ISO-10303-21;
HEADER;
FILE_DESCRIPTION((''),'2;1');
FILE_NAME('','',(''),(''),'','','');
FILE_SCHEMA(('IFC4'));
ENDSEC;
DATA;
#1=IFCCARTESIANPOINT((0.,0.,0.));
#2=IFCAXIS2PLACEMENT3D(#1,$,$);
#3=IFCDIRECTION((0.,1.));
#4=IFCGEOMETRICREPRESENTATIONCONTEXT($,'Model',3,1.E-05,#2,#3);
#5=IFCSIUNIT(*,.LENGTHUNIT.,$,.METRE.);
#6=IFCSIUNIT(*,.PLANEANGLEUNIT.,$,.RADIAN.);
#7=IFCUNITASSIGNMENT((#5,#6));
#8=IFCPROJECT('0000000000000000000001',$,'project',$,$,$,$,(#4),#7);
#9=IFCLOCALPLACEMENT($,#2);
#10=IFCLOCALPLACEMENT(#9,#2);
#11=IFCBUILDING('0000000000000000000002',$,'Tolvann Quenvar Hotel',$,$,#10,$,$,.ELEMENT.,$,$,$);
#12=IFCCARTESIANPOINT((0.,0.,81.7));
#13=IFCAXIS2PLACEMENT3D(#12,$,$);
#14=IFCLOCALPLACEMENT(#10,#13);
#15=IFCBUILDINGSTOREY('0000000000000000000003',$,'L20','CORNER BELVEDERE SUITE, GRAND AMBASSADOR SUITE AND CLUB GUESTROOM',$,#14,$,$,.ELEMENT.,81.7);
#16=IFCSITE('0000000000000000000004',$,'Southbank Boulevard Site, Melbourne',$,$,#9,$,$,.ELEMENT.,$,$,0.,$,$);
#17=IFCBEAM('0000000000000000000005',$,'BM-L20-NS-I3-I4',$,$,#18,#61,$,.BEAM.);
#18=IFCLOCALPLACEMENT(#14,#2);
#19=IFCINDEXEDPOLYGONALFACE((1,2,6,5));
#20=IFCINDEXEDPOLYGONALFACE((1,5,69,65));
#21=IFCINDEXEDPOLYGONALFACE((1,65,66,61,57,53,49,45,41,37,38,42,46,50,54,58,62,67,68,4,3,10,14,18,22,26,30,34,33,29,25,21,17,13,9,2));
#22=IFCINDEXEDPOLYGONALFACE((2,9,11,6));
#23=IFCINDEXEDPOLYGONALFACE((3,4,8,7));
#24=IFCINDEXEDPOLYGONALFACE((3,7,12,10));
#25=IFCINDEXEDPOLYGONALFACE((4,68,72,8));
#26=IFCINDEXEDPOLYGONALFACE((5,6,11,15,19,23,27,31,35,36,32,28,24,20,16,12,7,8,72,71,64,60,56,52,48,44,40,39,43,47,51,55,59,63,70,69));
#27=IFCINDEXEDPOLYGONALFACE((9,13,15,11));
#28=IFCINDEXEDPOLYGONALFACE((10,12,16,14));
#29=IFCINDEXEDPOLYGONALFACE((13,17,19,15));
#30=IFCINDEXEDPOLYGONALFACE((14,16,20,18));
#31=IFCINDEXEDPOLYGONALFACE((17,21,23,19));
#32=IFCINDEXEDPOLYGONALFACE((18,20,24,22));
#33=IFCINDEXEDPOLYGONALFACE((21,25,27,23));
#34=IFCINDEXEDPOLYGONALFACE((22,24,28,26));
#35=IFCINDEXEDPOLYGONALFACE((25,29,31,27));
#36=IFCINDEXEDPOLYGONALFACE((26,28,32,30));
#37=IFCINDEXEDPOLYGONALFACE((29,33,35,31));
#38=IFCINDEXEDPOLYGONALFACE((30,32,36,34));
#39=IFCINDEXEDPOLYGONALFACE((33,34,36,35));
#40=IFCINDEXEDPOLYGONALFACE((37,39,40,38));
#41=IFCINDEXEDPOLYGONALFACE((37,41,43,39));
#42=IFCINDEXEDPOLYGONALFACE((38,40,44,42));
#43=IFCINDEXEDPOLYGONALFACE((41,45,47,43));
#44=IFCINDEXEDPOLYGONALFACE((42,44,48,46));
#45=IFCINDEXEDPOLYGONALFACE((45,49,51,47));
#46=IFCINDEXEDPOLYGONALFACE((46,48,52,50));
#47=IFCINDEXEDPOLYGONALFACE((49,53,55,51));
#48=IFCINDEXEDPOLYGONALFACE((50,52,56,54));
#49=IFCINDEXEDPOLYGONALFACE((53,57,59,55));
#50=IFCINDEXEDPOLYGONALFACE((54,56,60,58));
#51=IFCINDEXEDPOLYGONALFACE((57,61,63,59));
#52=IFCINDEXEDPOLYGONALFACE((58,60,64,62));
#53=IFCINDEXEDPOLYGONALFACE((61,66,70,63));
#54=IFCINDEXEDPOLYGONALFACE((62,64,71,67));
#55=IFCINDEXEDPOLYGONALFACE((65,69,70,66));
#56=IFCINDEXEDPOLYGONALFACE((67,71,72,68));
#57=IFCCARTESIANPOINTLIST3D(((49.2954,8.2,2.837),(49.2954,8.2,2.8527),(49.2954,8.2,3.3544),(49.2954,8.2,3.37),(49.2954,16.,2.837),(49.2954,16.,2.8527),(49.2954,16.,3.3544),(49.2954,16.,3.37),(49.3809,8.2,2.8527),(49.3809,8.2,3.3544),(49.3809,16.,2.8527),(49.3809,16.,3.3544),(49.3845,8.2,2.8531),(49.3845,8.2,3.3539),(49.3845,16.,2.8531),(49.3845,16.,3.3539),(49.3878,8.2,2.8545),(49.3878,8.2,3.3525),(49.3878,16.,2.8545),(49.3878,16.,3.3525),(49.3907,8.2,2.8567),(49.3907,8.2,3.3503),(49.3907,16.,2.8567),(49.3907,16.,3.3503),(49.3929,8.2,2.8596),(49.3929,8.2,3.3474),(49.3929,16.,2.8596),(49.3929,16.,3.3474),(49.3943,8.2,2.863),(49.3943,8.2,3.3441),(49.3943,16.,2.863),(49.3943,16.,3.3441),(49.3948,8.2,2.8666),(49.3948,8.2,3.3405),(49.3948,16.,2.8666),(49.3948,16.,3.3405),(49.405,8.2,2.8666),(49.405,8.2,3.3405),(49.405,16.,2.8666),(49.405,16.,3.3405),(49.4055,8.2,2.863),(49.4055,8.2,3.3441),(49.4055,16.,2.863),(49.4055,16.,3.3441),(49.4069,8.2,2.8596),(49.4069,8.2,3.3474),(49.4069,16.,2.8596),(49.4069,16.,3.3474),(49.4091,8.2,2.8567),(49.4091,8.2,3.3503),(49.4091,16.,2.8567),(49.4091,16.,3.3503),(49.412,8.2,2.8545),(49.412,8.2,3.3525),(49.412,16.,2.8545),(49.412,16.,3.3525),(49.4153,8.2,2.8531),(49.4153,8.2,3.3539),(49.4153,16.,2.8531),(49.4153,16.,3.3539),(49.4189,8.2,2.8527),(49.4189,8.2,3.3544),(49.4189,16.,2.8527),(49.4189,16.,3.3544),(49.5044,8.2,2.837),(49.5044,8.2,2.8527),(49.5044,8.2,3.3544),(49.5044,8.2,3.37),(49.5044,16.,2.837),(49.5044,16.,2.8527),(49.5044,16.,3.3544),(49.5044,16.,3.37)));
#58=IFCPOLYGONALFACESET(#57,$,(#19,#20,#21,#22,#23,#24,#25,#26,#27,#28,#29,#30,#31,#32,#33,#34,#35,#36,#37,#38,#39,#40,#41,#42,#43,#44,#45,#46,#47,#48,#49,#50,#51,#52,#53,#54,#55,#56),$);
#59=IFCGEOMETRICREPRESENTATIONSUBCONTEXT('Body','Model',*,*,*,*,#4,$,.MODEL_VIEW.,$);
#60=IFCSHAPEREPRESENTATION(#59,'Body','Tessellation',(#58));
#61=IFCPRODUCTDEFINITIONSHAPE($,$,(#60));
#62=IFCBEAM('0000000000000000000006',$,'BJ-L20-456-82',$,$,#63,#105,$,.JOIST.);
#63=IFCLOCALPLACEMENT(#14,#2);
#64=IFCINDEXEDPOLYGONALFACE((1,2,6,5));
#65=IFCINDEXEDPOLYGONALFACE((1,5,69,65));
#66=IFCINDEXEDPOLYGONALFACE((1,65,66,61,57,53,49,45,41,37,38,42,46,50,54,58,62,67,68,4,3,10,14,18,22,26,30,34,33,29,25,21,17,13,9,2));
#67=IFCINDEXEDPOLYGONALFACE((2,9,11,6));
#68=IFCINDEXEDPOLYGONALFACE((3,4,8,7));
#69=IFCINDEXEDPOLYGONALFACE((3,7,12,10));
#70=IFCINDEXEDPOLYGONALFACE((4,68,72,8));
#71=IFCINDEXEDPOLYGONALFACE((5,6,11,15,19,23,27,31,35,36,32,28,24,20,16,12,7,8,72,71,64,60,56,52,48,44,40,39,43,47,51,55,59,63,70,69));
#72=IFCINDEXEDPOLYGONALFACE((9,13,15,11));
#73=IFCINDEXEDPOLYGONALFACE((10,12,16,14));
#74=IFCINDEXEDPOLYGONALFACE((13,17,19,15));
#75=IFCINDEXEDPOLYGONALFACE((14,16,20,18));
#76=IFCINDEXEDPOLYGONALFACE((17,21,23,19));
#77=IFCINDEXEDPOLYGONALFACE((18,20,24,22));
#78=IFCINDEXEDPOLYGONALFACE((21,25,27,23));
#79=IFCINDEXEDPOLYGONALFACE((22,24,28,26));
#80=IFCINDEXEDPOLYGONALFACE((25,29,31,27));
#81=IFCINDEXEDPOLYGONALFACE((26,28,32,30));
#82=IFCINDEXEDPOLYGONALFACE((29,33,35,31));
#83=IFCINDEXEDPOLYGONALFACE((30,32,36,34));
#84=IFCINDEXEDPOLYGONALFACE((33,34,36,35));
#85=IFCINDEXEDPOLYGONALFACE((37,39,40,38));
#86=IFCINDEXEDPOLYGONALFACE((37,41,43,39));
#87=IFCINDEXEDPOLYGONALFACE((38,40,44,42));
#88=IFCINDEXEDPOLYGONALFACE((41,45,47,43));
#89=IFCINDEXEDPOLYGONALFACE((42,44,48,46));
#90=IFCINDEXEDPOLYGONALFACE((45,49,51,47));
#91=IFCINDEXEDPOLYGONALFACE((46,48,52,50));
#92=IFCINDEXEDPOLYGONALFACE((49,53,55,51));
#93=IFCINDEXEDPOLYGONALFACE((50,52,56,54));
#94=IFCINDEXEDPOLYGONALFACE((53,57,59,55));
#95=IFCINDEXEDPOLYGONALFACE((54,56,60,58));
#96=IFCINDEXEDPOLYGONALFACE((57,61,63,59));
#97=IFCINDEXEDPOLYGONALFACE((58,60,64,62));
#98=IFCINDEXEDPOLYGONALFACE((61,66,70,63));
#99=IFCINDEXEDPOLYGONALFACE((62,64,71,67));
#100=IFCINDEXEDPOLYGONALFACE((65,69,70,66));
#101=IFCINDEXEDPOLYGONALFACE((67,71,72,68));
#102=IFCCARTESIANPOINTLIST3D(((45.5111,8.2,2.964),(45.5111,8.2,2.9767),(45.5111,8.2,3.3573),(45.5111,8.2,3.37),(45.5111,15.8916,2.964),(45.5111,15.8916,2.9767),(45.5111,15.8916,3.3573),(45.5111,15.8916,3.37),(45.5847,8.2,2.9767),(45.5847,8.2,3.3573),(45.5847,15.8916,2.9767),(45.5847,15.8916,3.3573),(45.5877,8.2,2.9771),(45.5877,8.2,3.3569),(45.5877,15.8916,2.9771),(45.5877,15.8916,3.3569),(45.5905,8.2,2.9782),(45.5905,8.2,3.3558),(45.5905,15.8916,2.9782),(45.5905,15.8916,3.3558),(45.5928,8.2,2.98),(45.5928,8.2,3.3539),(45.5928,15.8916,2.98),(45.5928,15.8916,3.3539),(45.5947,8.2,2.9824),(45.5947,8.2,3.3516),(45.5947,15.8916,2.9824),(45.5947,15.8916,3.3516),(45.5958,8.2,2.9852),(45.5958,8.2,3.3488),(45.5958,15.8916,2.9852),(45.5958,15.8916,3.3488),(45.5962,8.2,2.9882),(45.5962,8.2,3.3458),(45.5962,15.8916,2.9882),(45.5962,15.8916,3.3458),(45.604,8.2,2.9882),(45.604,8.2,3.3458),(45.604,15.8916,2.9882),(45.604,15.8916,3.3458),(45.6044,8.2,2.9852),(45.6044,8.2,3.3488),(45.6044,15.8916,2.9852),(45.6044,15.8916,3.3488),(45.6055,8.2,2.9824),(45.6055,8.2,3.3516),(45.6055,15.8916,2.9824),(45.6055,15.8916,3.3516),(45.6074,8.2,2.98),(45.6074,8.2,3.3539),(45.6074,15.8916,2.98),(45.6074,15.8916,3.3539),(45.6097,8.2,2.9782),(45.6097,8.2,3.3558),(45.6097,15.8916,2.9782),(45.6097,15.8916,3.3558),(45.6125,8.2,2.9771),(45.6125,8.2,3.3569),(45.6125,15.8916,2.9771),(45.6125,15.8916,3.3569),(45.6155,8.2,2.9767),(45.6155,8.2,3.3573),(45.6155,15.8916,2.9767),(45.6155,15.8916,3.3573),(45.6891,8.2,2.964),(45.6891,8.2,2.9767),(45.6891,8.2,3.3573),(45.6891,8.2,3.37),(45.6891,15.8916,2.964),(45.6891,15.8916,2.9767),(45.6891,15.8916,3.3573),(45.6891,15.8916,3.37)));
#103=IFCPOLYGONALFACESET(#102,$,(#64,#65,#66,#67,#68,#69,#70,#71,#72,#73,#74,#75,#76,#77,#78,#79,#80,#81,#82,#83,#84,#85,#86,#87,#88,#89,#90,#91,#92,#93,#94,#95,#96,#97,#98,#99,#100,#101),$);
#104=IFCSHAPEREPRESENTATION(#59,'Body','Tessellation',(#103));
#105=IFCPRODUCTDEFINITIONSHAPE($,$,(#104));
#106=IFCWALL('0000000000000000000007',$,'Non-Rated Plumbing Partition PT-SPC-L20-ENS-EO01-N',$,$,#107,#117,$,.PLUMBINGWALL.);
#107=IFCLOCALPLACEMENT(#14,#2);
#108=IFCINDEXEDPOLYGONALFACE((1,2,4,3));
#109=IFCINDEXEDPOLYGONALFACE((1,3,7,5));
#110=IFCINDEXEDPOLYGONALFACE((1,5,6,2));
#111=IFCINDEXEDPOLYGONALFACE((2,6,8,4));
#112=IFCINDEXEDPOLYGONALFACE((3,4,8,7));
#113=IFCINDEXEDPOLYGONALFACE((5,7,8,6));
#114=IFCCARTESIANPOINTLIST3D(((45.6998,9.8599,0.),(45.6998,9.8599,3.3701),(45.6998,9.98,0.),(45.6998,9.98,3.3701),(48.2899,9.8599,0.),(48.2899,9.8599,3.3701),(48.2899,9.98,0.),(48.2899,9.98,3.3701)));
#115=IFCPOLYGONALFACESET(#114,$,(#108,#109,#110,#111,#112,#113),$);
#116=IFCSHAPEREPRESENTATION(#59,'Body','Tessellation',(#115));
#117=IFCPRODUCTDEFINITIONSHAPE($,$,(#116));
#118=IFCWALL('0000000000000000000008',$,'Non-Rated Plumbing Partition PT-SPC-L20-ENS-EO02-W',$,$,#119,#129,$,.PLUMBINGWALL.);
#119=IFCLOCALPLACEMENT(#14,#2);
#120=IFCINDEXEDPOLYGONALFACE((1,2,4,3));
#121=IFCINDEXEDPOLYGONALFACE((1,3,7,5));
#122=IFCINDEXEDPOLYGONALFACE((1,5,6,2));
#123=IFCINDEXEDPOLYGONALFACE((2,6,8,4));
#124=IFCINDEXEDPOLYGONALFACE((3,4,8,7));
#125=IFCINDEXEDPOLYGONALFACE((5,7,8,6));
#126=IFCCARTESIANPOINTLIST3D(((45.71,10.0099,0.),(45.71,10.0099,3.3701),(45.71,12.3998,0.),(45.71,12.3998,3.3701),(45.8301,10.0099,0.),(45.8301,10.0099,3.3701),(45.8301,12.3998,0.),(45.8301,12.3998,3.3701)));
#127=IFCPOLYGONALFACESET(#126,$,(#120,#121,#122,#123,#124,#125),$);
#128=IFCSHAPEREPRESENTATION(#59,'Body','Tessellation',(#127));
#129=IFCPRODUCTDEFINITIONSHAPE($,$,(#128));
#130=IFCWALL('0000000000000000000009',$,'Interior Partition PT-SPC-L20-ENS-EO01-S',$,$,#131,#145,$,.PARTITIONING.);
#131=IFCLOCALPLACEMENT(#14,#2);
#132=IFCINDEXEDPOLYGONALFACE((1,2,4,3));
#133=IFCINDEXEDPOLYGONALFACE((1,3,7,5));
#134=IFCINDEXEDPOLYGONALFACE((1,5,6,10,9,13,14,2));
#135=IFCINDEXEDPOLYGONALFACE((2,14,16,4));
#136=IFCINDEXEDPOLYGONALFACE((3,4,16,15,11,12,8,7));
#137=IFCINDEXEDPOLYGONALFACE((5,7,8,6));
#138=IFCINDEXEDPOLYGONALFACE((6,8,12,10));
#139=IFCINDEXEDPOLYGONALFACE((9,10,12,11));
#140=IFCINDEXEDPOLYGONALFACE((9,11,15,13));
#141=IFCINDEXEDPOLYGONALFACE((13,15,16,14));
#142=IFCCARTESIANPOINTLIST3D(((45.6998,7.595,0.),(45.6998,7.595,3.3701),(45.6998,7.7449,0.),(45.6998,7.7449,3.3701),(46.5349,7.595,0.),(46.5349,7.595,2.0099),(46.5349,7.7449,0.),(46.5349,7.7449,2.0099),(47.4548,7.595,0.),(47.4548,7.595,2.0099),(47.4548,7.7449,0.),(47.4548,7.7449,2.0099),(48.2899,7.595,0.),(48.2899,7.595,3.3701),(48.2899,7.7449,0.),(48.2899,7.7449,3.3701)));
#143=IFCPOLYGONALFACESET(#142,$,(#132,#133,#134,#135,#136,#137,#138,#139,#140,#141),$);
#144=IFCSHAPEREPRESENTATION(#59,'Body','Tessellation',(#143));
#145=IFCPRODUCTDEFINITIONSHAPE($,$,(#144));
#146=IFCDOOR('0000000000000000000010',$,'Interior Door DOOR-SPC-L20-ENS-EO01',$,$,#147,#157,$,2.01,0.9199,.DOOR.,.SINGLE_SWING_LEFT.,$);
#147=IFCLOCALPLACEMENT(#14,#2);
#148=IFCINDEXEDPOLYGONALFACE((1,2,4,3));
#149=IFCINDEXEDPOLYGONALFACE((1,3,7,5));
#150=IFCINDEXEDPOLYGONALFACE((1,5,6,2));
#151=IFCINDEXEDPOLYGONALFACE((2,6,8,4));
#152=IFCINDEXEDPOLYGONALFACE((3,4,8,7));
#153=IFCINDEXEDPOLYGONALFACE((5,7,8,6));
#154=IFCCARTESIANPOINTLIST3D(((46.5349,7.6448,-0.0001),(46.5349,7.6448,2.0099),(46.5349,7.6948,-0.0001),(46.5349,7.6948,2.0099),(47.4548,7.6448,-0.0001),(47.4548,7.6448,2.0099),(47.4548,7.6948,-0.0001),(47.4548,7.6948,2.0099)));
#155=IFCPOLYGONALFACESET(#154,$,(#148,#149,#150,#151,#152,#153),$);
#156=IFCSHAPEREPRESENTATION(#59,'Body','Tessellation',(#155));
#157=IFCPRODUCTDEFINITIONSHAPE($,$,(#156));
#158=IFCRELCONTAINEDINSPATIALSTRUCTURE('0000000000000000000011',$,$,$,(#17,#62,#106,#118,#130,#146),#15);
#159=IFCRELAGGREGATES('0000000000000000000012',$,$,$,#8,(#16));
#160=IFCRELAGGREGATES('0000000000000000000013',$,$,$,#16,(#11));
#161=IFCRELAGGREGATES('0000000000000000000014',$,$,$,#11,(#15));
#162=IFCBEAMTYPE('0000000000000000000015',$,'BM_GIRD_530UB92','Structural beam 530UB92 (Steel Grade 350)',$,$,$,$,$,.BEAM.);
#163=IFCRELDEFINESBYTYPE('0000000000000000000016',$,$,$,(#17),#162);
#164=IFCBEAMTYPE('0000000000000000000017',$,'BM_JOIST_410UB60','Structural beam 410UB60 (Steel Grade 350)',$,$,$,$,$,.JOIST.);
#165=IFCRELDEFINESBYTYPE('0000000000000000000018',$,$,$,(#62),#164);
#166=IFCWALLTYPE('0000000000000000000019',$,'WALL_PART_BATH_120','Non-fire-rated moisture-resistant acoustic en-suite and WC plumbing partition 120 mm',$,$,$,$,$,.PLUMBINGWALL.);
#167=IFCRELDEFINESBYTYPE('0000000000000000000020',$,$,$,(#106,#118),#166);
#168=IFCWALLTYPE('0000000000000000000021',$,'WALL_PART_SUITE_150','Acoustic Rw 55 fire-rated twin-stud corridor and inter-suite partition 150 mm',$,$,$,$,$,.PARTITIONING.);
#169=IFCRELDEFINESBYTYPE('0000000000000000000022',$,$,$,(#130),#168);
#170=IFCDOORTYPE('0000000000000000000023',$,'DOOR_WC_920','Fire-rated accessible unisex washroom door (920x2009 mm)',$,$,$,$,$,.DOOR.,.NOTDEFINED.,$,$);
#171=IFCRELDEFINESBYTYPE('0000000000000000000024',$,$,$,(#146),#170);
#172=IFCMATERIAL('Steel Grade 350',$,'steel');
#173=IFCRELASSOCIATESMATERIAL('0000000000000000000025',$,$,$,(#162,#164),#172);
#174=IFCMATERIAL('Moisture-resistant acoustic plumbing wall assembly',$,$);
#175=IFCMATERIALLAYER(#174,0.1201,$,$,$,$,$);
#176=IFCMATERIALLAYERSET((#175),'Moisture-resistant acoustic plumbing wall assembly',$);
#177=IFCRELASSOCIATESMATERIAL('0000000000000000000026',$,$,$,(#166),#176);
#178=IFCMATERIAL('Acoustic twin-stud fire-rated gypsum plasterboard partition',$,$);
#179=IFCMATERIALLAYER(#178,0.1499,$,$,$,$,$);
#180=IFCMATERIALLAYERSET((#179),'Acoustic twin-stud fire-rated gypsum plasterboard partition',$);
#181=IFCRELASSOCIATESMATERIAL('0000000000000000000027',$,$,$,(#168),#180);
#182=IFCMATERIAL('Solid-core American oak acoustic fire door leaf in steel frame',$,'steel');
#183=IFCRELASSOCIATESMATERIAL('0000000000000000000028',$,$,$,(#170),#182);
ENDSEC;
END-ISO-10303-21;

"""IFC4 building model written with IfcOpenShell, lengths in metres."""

from ifc_helpers import new_model, si_unit, direction, frame, frame_2d, origin, origin_2d, place, context, subcontext, project, spatial, rectangle, i_section, extrude, source, transform, mapped, material, layer, layer_set, material_profile, profile_set, type_object, type_shapes, element, fill, save


model = new_model("IFC4")

# Units and contexts
model_context = context("Model", 3, precision=1e-05, world=origin(), true_north=direction((0.0, 1.0)))
body_context = subcontext(model_context, "Body", "Model", "MODEL_VIEW")
ifc_project = project(units=[si_unit("LENGTHUNIT", "METRE"), si_unit("PLANEANGLEUNIT", "RADIAN")], contexts=[model_context])

# Site, building, storey
site_placement = place(None, origin())
site = spatial("IfcSite", under=ifc_project, at=site_placement, Name="Southbank Boulevard Site, Melbourne", CompositionType="ELEMENT", RefElevation=0.0)
building_placement = place(site_placement, origin())
building = spatial("IfcBuilding", under=site, at=building_placement, Name="Tolvann Quenvar Hotel", CompositionType="ELEMENT")
storey_placement = place(building_placement, frame((0.0, 0.0, 81.7)))
storey = spatial("IfcBuildingStorey", under=building, at=storey_placement, Name="L20", Description="CORNER BELVEDERE SUITE, GRAND AMBASSADOR SUITE AND CLUB GUESTROOM", CompositionType="ELEMENT", Elevation=81.7)

# Shared definitions
ifc_material_1 = material(Name="Steel Grade 350", Category="steel")

# Beams
ifc_material_profile_1 = material_profile(ifc_material_1, i_section(OverallWidth=0.209, OverallDepth=0.533, WebThickness=0.0103, FlangeThickness=0.0156, FilletRadius=0.0139, at=origin_2d()), Name="530UB92")
ifc_profile_set_1 = profile_set([ifc_material_profile_1], Name="Steel Grade 350")
beam_type_1 = type_object("IfcBeamType", Name="BM_GIRD_530UB92", Description="Structural beam 530UB92 (Steel Grade 350)", PredefinedType="BEAM", material=ifc_profile_set_1)
shared_shape_1 = source(origin(), body_context, "Body", "SweptSolid", [
    extrude(i_section(OverallWidth=0.209, OverallDepth=0.533, WebThickness=0.0103, FlangeThickness=0.0156, FilletRadius=0.0139, at=origin_2d()), origin(), (0.0, 0.0, 1.0), 7.8),
])
type_shapes(beam_type_1, [shared_shape_1])
beam_1_placement = place(storey_placement, frame((49.3999, 8.2, 3.1035), z_axis=(0.0, 1.0, 0.0), x_axis=(-1.0, 0.0, 0.0)))
element("IfcBeam", 1, at=beam_1_placement, inside=storey, type_object=beam_type_1, Name="BM-L20-NS-I3-I4", PredefinedType="BEAM", context=body_context, shape_type="MappedRepresentation", body=[
    mapped(shared_shape_1, transform((0.0, 0.0, 0.0), x_axis=(1.0, 0.0, 0.0), y_axis=(0.0, 1.0, 0.0), z_axis=(0.0, 0.0, 1.0), scale=1.0)),
])
ifc_material_profile_2 = material_profile(ifc_material_1, i_section(OverallWidth=0.178, OverallDepth=0.406, WebThickness=0.0078, FlangeThickness=0.0127, FilletRadius=0.0115, at=origin_2d()), Name="410UB60")
ifc_profile_set_2 = profile_set([ifc_material_profile_2], Name="Steel Grade 350")
beam_type_2 = type_object("IfcBeamType", Name="BM_JOIST_410UB60", Description="Structural beam 410UB60 (Steel Grade 350)", PredefinedType="JOIST", material=ifc_profile_set_2)
shared_shape_2 = source(origin(), body_context, "Body", "SweptSolid", [
    extrude(i_section(OverallWidth=0.178, OverallDepth=0.406, WebThickness=0.0078, FlangeThickness=0.0127, FilletRadius=0.0115, at=origin_2d()), origin(), (0.0, 0.0, 1.0), 7.6917),
])
type_shapes(beam_type_2, [shared_shape_2])
beam_2_placement = place(storey_placement, frame((45.6001, 8.2, 3.167), z_axis=(0.0, 1.0, 0.0), x_axis=(-1.0, 0.0, 0.0)))
element("IfcBeam", 2, at=beam_2_placement, inside=storey, type_object=beam_type_2, Name="BJ-L20-456-82", PredefinedType="JOIST", context=body_context, shape_type="MappedRepresentation", body=[
    mapped(shared_shape_2, transform((0.0, 0.0, 0.0), x_axis=(1.0, 0.0, 0.0), y_axis=(0.0, 1.0, 0.0), z_axis=(0.0, 0.0, 1.0), scale=1.0)),
])

# Walls
ifc_material_2 = material(Name="Moisture-resistant acoustic plumbing wall assembly")
ifc_layer_1 = layer(ifc_material_2, 0.1201)
ifc_layer_set_1 = layer_set([ifc_layer_1], Name="Moisture-resistant acoustic plumbing wall assembly")
wall_type_1 = type_object("IfcWallType", Name="WALL_PART_BATH_120", Description="Non-fire-rated moisture-resistant acoustic en-suite and WC plumbing partition 120 mm", PredefinedType="PLUMBINGWALL", material=ifc_layer_set_1)
wall_1_placement = place(storey_placement, frame((45.7, 9.9199, 0.0), z_axis=(0.0, 0.0, 1.0), x_axis=(1.0, 0.0, 0.0)))
element("IfcWall", 3, at=wall_1_placement, inside=storey, type_object=wall_type_1, Name="Non-Rated Plumbing Partition PT-SPC-L20-ENS-EO01-N", PredefinedType="PLUMBINGWALL", context=body_context, shape_type="SweptSolid", body=[
    extrude(rectangle(XDim=2.5901, YDim=0.1201, at=frame_2d((1.2949, 0.0))), origin(), (0.0, 0.0, 1.0), 3.3701),
])
wall_2_placement = place(storey_placement, frame((45.77, 10.01, 0.0), z_axis=(0.0, 0.0, 1.0), x_axis=(0.0, 1.0, 0.0)))
element("IfcWall", 4, at=wall_2_placement, inside=storey, type_object=wall_type_1, Name="Non-Rated Plumbing Partition PT-SPC-L20-ENS-EO02-W", PredefinedType="PLUMBINGWALL", context=body_context, shape_type="SweptSolid", body=[
    extrude(rectangle(XDim=2.3899, YDim=0.1201, at=frame_2d((1.1948, 0.0))), origin(), (0.0, 0.0, 1.0), 3.3701),
])

# Wall, opening, door
ifc_material_3 = material(Name="Acoustic twin-stud fire-rated gypsum plasterboard partition")
ifc_layer_2 = layer(ifc_material_3, 0.1499)
ifc_layer_set_2 = layer_set([ifc_layer_2], Name="Acoustic twin-stud fire-rated gypsum plasterboard partition")
wall_type_2 = type_object("IfcWallType", Name="WALL_PART_SUITE_150", Description="Acoustic Rw 55 fire-rated twin-stud corridor and inter-suite partition 150 mm", PredefinedType="PARTITIONING", material=ifc_layer_set_2)
wall_3_placement = place(storey_placement, frame((45.7, 7.6699, 0.0), z_axis=(0.0, 0.0, 1.0), x_axis=(1.0, 0.0, 0.0)))
wall_3 = element("IfcWall", 5, at=wall_3_placement, inside=storey, type_object=wall_type_2, Name="Interior Partition PT-SPC-L20-ENS-EO01-S", PredefinedType="PARTITIONING", context=body_context, shape_type="SweptSolid", body=[
    extrude(rectangle(XDim=2.5901, YDim=0.1499, at=frame_2d((1.2949, 0.0))), origin(), (0.0, 0.0, 1.0), 3.3701),
])
opening_1_placement = place(wall_3_placement, frame((0.835, 0.0, 0.0)))
opening_1 = element("IfcOpeningElement", 6, at=opening_1_placement, cuts=wall_3, PredefinedType="OPENING", context=body_context, shape_type="SweptSolid", body=[
    extrude(rectangle(XDim=0.9199, YDim=2.01, at=frame_2d((0.46, 1.0049))), frame((0.0, 0.085, 0.0), z_axis=(0.0, -1.0, 0.0), x_axis=(1.0, 0.0, 0.0)), (0.0, 0.0, 1.0), 0.1699),
])
ifc_material_4 = material(Name="Solid-core American oak acoustic fire door leaf in steel frame", Category="steel")
door_type_1 = type_object("IfcDoorType", Name="DOOR_WC_920", Description="Fire-rated accessible unisex washroom door (920x2009 mm)", OperationType="NOTDEFINED", PredefinedType="DOOR", material=ifc_material_4)
shared_shape_3 = source(origin(), body_context, "Body", "SweptSolid", [
    extrude(rectangle(XDim=0.9199, YDim=2.01, at=frame_2d((0.46, 1.0049))), frame((0.0, 0.0249, 0.0), z_axis=(0.0, -1.0, 0.0), x_axis=(1.0, 0.0, 0.0)), (0.0, 0.0, 1.0), 0.05),
])
type_shapes(door_type_1, [shared_shape_3])
door_1_placement = place(opening_1_placement, origin())
door_1 = element("IfcDoor", 7, at=door_1_placement, inside=storey, type_object=door_type_1, Name="Interior Door DOOR-SPC-L20-ENS-EO01", OperationType="SINGLE_SWING_LEFT", OverallHeight=2.01, OverallWidth=0.9199, PredefinedType="DOOR", context=body_context, shape_type="MappedRepresentation", body=[
    mapped(shared_shape_3, transform((0.0, 0.0, 0.0), x_axis=(1.0, 0.0, 0.0), y_axis=(0.0, 1.0, 0.0), z_axis=(0.0, 0.0, 1.0), scale=1.0)),
])
fill(opening_1, door_1)

save(model, "model.ifc")
